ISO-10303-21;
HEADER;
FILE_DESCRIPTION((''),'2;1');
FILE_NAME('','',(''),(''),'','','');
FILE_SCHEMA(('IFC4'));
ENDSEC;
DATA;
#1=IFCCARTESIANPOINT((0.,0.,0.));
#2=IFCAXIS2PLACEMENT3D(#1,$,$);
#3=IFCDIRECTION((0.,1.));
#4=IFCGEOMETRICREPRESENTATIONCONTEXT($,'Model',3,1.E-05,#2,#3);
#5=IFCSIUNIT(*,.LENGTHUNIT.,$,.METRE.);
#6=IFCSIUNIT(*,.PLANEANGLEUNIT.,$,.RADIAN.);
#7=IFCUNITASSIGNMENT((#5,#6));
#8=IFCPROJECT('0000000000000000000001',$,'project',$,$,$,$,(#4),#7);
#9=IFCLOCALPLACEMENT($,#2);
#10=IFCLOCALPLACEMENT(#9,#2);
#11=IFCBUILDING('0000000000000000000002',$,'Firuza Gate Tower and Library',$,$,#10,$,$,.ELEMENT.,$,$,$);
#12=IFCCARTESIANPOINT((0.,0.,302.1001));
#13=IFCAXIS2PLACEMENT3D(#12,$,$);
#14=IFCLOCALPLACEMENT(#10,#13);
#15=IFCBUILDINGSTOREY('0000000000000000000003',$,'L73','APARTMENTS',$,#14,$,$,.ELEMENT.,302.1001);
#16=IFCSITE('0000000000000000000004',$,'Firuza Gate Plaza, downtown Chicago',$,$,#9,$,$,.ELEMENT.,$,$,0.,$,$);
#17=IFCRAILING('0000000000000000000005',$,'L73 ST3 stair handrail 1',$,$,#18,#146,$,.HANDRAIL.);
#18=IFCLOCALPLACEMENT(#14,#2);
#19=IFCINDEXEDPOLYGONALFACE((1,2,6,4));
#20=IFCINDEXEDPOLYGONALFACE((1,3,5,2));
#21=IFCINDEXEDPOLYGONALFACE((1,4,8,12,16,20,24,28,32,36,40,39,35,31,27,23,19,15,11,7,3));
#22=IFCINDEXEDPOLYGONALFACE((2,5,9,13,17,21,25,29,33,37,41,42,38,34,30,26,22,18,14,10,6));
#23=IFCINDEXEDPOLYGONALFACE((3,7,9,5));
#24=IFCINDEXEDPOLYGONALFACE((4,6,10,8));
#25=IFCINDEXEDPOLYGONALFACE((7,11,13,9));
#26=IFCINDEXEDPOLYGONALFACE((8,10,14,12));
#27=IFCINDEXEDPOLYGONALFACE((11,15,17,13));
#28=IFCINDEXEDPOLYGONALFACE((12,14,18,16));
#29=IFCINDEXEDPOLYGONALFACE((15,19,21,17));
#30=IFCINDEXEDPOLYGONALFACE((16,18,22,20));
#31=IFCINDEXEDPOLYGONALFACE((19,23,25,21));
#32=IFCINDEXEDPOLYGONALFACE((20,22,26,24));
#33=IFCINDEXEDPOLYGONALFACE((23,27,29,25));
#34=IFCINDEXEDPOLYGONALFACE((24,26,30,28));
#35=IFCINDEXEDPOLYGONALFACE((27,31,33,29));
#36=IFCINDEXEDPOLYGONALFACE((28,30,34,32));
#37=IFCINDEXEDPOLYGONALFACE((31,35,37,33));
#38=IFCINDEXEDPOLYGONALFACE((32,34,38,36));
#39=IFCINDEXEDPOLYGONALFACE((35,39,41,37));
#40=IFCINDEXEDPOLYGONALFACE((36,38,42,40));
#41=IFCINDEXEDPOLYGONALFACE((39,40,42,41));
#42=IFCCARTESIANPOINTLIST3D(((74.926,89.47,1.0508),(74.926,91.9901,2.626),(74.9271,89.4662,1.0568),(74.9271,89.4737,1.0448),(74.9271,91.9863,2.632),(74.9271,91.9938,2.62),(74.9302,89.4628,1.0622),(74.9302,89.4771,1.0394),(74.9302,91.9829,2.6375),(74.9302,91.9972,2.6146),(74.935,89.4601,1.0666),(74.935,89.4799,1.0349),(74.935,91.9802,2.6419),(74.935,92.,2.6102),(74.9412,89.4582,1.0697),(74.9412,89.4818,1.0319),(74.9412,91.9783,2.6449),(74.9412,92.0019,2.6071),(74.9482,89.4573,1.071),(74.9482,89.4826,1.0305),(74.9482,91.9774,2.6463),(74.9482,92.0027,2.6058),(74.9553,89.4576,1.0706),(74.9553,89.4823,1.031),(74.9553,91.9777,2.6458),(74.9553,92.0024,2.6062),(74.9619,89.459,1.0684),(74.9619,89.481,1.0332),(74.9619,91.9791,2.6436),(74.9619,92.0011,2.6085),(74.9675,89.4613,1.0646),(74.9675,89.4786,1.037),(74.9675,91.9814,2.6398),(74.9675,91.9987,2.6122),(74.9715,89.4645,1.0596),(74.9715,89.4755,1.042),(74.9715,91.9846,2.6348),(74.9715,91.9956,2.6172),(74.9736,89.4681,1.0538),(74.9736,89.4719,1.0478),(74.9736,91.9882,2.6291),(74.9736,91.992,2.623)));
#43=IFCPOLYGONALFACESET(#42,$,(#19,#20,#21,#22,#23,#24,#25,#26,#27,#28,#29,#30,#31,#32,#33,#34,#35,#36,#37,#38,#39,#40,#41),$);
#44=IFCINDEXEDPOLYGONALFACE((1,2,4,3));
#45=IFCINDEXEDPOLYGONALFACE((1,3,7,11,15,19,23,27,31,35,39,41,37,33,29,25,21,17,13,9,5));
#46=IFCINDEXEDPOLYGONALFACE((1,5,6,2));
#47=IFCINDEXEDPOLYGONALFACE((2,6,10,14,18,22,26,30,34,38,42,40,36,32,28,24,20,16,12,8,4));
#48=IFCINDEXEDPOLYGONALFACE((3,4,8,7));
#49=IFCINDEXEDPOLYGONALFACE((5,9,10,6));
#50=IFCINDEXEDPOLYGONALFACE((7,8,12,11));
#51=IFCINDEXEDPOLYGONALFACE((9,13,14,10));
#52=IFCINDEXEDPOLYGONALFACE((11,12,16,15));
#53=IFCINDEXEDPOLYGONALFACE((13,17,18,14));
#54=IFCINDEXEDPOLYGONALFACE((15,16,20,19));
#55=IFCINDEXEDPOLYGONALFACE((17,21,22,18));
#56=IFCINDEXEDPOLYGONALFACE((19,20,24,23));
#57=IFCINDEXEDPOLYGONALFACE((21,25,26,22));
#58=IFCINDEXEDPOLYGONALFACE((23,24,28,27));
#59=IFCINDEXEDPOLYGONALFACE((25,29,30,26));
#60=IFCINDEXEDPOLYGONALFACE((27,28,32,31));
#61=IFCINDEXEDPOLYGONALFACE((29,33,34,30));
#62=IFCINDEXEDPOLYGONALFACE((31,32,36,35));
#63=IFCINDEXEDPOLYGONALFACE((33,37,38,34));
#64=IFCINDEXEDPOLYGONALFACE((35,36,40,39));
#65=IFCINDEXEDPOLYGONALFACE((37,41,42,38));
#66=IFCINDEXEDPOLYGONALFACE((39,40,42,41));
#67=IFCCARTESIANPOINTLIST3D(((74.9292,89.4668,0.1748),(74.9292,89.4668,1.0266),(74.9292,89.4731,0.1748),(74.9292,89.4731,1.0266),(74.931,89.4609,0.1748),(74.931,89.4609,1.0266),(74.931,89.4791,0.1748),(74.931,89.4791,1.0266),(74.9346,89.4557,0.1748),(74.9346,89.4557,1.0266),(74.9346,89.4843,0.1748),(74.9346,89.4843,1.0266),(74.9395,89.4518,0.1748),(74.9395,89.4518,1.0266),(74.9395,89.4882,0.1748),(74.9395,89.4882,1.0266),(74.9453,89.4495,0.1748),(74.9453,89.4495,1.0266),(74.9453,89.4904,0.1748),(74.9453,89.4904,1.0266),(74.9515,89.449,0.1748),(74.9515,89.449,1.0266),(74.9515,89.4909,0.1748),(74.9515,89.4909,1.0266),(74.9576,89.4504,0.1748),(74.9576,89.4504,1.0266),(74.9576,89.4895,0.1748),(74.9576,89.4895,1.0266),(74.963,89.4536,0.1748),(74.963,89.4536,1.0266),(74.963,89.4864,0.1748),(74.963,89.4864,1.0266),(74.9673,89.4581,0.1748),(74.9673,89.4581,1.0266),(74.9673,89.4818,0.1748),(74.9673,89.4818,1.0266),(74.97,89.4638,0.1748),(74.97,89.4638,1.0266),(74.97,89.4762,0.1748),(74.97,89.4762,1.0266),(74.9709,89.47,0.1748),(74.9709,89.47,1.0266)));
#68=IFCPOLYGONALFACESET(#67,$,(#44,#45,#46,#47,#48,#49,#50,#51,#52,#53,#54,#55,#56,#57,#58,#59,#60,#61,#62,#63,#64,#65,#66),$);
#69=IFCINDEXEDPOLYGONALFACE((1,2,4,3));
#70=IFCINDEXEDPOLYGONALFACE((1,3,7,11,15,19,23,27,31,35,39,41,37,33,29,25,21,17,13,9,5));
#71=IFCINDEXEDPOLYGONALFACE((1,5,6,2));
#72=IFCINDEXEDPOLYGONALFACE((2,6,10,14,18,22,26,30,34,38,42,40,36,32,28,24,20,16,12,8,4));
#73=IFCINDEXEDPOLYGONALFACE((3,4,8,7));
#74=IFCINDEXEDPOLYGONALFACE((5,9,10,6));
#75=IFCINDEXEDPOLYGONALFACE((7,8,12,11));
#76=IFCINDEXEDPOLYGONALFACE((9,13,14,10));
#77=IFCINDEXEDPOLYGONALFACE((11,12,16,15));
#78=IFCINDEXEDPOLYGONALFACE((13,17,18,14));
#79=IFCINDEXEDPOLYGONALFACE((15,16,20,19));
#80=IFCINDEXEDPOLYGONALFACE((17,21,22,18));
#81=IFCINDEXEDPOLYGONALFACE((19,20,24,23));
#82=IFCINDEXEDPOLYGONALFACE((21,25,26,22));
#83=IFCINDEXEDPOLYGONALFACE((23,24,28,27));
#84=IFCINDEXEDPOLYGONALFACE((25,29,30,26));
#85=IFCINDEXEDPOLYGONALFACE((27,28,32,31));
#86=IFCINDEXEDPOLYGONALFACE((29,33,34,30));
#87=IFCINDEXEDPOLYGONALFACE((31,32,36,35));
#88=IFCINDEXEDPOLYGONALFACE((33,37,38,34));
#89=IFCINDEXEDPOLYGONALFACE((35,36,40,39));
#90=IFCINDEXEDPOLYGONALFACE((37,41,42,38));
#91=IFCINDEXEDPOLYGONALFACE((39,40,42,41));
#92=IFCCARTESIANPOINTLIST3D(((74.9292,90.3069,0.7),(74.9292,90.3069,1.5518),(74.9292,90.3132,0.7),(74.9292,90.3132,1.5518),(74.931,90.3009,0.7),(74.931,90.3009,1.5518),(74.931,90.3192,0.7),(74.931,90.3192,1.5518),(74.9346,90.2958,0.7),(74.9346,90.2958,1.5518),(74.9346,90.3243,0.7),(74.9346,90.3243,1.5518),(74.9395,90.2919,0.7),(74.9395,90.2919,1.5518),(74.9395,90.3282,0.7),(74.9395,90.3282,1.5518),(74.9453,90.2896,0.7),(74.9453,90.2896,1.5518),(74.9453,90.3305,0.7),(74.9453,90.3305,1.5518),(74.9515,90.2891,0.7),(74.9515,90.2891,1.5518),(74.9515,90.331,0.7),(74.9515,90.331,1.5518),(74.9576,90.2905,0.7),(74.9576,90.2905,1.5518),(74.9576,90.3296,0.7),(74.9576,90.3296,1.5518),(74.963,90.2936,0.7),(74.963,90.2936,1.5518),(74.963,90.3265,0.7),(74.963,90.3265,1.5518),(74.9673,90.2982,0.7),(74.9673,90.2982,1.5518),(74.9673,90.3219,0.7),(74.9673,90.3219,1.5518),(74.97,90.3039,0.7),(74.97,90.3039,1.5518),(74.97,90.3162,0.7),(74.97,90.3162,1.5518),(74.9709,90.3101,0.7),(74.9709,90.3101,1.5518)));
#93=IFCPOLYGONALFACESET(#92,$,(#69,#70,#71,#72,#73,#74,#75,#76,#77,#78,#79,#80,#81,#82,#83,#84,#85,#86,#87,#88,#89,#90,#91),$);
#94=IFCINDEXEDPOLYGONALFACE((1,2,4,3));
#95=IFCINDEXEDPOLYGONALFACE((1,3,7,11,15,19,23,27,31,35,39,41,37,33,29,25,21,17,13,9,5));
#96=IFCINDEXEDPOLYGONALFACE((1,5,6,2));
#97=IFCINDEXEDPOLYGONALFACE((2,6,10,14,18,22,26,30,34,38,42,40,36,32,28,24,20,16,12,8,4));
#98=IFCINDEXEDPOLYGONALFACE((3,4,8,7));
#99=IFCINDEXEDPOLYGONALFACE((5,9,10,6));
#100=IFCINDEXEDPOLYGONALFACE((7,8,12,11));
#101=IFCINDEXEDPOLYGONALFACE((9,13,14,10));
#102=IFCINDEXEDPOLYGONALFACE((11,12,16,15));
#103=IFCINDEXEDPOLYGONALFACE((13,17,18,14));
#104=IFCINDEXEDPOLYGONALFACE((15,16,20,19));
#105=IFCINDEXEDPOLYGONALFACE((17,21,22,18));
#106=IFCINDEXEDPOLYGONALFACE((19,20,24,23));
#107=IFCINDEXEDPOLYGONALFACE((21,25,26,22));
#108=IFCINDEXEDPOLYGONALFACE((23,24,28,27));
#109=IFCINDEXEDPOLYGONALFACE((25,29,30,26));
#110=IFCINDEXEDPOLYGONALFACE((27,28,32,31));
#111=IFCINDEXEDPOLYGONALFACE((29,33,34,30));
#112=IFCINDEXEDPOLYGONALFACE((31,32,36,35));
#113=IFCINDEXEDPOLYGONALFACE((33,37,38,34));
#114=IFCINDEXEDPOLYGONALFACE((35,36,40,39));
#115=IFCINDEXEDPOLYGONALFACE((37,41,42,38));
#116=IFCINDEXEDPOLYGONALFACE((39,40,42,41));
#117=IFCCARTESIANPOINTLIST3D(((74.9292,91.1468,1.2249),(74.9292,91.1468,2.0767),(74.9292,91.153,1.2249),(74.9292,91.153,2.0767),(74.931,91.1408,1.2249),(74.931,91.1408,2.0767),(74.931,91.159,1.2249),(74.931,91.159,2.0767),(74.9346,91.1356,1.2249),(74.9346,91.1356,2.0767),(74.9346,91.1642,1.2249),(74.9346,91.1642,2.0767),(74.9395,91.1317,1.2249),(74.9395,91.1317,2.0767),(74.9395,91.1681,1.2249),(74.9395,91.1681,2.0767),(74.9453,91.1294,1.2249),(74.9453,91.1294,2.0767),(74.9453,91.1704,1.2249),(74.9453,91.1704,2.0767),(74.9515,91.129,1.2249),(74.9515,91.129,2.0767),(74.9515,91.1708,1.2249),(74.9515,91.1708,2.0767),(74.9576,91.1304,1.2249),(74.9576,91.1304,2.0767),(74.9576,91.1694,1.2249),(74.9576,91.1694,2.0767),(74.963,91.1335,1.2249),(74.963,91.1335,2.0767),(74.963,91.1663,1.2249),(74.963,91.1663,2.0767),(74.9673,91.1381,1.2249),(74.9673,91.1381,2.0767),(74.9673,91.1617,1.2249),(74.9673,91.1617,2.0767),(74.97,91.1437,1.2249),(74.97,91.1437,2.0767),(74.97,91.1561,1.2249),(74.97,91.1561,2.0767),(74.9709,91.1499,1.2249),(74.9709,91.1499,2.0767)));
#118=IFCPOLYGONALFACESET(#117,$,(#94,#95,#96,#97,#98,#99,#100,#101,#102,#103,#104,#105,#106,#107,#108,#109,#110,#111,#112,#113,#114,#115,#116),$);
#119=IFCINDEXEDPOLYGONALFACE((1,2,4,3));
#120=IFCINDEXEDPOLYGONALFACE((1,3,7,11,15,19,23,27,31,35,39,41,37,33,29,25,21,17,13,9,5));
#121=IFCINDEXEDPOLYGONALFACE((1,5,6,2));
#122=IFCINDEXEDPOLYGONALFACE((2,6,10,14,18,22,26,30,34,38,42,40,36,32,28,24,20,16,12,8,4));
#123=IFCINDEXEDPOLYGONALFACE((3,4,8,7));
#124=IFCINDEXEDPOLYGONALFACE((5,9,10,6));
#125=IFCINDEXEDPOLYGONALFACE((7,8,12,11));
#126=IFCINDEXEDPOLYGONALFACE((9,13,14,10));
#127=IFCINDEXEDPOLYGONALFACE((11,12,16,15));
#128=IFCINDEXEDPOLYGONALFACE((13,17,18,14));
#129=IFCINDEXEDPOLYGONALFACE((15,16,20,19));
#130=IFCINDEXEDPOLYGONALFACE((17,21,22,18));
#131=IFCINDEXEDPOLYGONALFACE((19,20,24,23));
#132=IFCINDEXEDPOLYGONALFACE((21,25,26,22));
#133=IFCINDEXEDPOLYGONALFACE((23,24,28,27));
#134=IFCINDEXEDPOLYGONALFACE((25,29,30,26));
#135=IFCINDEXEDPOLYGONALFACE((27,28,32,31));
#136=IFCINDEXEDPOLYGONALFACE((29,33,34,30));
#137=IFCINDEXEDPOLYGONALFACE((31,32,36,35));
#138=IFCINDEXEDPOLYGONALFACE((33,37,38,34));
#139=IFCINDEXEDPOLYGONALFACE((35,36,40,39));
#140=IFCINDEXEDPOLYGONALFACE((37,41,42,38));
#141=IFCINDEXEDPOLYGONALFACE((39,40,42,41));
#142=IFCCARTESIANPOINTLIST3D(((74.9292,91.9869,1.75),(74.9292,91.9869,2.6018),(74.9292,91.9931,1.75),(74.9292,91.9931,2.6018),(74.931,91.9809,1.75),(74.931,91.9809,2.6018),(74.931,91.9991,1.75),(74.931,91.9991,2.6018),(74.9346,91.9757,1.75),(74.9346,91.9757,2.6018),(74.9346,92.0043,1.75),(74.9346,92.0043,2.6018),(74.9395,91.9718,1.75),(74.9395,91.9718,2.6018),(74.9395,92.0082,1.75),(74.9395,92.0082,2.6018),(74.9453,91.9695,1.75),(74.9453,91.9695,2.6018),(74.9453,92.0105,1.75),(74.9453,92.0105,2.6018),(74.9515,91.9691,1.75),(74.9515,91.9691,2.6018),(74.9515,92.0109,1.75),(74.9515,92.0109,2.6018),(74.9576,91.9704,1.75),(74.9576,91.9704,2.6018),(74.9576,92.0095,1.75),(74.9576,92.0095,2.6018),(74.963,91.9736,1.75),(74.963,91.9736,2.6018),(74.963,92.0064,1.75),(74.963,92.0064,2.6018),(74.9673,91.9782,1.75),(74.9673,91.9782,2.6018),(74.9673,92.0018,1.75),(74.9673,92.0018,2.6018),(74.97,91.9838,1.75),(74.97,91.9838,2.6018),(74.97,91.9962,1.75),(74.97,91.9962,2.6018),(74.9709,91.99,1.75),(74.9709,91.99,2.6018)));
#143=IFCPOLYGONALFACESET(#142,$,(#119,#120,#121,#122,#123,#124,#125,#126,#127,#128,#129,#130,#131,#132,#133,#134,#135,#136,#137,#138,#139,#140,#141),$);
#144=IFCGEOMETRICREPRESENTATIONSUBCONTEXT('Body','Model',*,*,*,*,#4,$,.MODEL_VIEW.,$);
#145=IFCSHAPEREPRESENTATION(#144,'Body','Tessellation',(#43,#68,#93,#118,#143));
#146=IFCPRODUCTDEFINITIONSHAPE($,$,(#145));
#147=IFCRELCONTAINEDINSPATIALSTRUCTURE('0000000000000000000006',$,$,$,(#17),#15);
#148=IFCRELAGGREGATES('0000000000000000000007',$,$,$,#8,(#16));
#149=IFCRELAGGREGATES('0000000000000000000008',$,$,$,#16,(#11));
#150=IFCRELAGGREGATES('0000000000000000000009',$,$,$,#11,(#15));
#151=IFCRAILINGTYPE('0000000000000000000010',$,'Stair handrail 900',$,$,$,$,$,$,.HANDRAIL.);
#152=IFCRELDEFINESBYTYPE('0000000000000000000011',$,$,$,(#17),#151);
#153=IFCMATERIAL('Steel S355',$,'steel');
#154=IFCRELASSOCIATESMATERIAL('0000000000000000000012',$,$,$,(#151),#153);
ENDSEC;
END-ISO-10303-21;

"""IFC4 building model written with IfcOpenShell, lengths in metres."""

from ifc_helpers import new_model, si_unit, direction, frame, origin, origin_2d, place, context, subcontext, project, spatial, circle, extrude, material, type_object, element, save


model = new_model("IFC4")

# Units and contexts
model_context = context("Model", 3, precision=1e-05, world=origin(), true_north=direction((0.0, 1.0)))
body_context = subcontext(model_context, "Body", "Model", "MODEL_VIEW")
ifc_project = project(units=[si_unit("LENGTHUNIT", "METRE"), si_unit("PLANEANGLEUNIT", "RADIAN")], contexts=[model_context])

# Site, building, storey
site_placement = place(None, origin())
site = spatial("IfcSite", under=ifc_project, at=site_placement, Name="Firuza Gate Plaza, downtown Chicago", CompositionType="ELEMENT", RefElevation=0.0)
building_placement = place(site_placement, origin())
building = spatial("IfcBuilding", under=site, at=building_placement, Name="Firuza Gate Tower and Library", CompositionType="ELEMENT")
storey_placement = place(building_placement, frame((0.0, 0.0, 302.1001)))
storey = spatial("IfcBuildingStorey", under=building, at=storey_placement, Name="L73", Description="APARTMENTS", CompositionType="ELEMENT", Elevation=302.1001)

# Railing
ifc_material_1 = material(Name="Steel S355", Category="steel")
railing_type = type_object("IfcRailingType", Name="Stair handrail 900", PredefinedType="HANDRAIL", material=ifc_material_1)
railing_placement = place(storey_placement, frame((74.95, 89.47, 0.1748)))
element("IfcRailing", 1, at=railing_placement, inside=storey, type_object=railing_type, Name="L73 ST3 stair handrail 1", PredefinedType="HANDRAIL", context=body_context, shape_type="SweptSolid", body=[
    extrude(circle(Radius=0.0239, at=origin_2d()), frame((0.0, 0.0, 0.876), z_axis=(0.0, 0.847971, 0.530043), x_axis=(-1.0, 0.0, 0.0)), (0.0, 0.0, 1.0), 2.9719),
    extrude(circle(Radius=0.021, at=origin_2d()), origin(), (0.0, 0.0, 1.0), 0.8518),
    extrude(circle(Radius=0.021, at=origin_2d()), frame((0.0, 0.8401, 0.5251)), (0.0, 0.0, 1.0), 0.8518),
    extrude(circle(Radius=0.021, at=origin_2d()), frame((0.0, 1.6799, 1.05)), (0.0, 0.0, 1.0), 0.8518),
    extrude(circle(Radius=0.021, at=origin_2d()), frame((0.0, 2.52, 1.5752)), (0.0, 0.0, 1.0), 0.8518),
])

save(model, "model.ifc")
